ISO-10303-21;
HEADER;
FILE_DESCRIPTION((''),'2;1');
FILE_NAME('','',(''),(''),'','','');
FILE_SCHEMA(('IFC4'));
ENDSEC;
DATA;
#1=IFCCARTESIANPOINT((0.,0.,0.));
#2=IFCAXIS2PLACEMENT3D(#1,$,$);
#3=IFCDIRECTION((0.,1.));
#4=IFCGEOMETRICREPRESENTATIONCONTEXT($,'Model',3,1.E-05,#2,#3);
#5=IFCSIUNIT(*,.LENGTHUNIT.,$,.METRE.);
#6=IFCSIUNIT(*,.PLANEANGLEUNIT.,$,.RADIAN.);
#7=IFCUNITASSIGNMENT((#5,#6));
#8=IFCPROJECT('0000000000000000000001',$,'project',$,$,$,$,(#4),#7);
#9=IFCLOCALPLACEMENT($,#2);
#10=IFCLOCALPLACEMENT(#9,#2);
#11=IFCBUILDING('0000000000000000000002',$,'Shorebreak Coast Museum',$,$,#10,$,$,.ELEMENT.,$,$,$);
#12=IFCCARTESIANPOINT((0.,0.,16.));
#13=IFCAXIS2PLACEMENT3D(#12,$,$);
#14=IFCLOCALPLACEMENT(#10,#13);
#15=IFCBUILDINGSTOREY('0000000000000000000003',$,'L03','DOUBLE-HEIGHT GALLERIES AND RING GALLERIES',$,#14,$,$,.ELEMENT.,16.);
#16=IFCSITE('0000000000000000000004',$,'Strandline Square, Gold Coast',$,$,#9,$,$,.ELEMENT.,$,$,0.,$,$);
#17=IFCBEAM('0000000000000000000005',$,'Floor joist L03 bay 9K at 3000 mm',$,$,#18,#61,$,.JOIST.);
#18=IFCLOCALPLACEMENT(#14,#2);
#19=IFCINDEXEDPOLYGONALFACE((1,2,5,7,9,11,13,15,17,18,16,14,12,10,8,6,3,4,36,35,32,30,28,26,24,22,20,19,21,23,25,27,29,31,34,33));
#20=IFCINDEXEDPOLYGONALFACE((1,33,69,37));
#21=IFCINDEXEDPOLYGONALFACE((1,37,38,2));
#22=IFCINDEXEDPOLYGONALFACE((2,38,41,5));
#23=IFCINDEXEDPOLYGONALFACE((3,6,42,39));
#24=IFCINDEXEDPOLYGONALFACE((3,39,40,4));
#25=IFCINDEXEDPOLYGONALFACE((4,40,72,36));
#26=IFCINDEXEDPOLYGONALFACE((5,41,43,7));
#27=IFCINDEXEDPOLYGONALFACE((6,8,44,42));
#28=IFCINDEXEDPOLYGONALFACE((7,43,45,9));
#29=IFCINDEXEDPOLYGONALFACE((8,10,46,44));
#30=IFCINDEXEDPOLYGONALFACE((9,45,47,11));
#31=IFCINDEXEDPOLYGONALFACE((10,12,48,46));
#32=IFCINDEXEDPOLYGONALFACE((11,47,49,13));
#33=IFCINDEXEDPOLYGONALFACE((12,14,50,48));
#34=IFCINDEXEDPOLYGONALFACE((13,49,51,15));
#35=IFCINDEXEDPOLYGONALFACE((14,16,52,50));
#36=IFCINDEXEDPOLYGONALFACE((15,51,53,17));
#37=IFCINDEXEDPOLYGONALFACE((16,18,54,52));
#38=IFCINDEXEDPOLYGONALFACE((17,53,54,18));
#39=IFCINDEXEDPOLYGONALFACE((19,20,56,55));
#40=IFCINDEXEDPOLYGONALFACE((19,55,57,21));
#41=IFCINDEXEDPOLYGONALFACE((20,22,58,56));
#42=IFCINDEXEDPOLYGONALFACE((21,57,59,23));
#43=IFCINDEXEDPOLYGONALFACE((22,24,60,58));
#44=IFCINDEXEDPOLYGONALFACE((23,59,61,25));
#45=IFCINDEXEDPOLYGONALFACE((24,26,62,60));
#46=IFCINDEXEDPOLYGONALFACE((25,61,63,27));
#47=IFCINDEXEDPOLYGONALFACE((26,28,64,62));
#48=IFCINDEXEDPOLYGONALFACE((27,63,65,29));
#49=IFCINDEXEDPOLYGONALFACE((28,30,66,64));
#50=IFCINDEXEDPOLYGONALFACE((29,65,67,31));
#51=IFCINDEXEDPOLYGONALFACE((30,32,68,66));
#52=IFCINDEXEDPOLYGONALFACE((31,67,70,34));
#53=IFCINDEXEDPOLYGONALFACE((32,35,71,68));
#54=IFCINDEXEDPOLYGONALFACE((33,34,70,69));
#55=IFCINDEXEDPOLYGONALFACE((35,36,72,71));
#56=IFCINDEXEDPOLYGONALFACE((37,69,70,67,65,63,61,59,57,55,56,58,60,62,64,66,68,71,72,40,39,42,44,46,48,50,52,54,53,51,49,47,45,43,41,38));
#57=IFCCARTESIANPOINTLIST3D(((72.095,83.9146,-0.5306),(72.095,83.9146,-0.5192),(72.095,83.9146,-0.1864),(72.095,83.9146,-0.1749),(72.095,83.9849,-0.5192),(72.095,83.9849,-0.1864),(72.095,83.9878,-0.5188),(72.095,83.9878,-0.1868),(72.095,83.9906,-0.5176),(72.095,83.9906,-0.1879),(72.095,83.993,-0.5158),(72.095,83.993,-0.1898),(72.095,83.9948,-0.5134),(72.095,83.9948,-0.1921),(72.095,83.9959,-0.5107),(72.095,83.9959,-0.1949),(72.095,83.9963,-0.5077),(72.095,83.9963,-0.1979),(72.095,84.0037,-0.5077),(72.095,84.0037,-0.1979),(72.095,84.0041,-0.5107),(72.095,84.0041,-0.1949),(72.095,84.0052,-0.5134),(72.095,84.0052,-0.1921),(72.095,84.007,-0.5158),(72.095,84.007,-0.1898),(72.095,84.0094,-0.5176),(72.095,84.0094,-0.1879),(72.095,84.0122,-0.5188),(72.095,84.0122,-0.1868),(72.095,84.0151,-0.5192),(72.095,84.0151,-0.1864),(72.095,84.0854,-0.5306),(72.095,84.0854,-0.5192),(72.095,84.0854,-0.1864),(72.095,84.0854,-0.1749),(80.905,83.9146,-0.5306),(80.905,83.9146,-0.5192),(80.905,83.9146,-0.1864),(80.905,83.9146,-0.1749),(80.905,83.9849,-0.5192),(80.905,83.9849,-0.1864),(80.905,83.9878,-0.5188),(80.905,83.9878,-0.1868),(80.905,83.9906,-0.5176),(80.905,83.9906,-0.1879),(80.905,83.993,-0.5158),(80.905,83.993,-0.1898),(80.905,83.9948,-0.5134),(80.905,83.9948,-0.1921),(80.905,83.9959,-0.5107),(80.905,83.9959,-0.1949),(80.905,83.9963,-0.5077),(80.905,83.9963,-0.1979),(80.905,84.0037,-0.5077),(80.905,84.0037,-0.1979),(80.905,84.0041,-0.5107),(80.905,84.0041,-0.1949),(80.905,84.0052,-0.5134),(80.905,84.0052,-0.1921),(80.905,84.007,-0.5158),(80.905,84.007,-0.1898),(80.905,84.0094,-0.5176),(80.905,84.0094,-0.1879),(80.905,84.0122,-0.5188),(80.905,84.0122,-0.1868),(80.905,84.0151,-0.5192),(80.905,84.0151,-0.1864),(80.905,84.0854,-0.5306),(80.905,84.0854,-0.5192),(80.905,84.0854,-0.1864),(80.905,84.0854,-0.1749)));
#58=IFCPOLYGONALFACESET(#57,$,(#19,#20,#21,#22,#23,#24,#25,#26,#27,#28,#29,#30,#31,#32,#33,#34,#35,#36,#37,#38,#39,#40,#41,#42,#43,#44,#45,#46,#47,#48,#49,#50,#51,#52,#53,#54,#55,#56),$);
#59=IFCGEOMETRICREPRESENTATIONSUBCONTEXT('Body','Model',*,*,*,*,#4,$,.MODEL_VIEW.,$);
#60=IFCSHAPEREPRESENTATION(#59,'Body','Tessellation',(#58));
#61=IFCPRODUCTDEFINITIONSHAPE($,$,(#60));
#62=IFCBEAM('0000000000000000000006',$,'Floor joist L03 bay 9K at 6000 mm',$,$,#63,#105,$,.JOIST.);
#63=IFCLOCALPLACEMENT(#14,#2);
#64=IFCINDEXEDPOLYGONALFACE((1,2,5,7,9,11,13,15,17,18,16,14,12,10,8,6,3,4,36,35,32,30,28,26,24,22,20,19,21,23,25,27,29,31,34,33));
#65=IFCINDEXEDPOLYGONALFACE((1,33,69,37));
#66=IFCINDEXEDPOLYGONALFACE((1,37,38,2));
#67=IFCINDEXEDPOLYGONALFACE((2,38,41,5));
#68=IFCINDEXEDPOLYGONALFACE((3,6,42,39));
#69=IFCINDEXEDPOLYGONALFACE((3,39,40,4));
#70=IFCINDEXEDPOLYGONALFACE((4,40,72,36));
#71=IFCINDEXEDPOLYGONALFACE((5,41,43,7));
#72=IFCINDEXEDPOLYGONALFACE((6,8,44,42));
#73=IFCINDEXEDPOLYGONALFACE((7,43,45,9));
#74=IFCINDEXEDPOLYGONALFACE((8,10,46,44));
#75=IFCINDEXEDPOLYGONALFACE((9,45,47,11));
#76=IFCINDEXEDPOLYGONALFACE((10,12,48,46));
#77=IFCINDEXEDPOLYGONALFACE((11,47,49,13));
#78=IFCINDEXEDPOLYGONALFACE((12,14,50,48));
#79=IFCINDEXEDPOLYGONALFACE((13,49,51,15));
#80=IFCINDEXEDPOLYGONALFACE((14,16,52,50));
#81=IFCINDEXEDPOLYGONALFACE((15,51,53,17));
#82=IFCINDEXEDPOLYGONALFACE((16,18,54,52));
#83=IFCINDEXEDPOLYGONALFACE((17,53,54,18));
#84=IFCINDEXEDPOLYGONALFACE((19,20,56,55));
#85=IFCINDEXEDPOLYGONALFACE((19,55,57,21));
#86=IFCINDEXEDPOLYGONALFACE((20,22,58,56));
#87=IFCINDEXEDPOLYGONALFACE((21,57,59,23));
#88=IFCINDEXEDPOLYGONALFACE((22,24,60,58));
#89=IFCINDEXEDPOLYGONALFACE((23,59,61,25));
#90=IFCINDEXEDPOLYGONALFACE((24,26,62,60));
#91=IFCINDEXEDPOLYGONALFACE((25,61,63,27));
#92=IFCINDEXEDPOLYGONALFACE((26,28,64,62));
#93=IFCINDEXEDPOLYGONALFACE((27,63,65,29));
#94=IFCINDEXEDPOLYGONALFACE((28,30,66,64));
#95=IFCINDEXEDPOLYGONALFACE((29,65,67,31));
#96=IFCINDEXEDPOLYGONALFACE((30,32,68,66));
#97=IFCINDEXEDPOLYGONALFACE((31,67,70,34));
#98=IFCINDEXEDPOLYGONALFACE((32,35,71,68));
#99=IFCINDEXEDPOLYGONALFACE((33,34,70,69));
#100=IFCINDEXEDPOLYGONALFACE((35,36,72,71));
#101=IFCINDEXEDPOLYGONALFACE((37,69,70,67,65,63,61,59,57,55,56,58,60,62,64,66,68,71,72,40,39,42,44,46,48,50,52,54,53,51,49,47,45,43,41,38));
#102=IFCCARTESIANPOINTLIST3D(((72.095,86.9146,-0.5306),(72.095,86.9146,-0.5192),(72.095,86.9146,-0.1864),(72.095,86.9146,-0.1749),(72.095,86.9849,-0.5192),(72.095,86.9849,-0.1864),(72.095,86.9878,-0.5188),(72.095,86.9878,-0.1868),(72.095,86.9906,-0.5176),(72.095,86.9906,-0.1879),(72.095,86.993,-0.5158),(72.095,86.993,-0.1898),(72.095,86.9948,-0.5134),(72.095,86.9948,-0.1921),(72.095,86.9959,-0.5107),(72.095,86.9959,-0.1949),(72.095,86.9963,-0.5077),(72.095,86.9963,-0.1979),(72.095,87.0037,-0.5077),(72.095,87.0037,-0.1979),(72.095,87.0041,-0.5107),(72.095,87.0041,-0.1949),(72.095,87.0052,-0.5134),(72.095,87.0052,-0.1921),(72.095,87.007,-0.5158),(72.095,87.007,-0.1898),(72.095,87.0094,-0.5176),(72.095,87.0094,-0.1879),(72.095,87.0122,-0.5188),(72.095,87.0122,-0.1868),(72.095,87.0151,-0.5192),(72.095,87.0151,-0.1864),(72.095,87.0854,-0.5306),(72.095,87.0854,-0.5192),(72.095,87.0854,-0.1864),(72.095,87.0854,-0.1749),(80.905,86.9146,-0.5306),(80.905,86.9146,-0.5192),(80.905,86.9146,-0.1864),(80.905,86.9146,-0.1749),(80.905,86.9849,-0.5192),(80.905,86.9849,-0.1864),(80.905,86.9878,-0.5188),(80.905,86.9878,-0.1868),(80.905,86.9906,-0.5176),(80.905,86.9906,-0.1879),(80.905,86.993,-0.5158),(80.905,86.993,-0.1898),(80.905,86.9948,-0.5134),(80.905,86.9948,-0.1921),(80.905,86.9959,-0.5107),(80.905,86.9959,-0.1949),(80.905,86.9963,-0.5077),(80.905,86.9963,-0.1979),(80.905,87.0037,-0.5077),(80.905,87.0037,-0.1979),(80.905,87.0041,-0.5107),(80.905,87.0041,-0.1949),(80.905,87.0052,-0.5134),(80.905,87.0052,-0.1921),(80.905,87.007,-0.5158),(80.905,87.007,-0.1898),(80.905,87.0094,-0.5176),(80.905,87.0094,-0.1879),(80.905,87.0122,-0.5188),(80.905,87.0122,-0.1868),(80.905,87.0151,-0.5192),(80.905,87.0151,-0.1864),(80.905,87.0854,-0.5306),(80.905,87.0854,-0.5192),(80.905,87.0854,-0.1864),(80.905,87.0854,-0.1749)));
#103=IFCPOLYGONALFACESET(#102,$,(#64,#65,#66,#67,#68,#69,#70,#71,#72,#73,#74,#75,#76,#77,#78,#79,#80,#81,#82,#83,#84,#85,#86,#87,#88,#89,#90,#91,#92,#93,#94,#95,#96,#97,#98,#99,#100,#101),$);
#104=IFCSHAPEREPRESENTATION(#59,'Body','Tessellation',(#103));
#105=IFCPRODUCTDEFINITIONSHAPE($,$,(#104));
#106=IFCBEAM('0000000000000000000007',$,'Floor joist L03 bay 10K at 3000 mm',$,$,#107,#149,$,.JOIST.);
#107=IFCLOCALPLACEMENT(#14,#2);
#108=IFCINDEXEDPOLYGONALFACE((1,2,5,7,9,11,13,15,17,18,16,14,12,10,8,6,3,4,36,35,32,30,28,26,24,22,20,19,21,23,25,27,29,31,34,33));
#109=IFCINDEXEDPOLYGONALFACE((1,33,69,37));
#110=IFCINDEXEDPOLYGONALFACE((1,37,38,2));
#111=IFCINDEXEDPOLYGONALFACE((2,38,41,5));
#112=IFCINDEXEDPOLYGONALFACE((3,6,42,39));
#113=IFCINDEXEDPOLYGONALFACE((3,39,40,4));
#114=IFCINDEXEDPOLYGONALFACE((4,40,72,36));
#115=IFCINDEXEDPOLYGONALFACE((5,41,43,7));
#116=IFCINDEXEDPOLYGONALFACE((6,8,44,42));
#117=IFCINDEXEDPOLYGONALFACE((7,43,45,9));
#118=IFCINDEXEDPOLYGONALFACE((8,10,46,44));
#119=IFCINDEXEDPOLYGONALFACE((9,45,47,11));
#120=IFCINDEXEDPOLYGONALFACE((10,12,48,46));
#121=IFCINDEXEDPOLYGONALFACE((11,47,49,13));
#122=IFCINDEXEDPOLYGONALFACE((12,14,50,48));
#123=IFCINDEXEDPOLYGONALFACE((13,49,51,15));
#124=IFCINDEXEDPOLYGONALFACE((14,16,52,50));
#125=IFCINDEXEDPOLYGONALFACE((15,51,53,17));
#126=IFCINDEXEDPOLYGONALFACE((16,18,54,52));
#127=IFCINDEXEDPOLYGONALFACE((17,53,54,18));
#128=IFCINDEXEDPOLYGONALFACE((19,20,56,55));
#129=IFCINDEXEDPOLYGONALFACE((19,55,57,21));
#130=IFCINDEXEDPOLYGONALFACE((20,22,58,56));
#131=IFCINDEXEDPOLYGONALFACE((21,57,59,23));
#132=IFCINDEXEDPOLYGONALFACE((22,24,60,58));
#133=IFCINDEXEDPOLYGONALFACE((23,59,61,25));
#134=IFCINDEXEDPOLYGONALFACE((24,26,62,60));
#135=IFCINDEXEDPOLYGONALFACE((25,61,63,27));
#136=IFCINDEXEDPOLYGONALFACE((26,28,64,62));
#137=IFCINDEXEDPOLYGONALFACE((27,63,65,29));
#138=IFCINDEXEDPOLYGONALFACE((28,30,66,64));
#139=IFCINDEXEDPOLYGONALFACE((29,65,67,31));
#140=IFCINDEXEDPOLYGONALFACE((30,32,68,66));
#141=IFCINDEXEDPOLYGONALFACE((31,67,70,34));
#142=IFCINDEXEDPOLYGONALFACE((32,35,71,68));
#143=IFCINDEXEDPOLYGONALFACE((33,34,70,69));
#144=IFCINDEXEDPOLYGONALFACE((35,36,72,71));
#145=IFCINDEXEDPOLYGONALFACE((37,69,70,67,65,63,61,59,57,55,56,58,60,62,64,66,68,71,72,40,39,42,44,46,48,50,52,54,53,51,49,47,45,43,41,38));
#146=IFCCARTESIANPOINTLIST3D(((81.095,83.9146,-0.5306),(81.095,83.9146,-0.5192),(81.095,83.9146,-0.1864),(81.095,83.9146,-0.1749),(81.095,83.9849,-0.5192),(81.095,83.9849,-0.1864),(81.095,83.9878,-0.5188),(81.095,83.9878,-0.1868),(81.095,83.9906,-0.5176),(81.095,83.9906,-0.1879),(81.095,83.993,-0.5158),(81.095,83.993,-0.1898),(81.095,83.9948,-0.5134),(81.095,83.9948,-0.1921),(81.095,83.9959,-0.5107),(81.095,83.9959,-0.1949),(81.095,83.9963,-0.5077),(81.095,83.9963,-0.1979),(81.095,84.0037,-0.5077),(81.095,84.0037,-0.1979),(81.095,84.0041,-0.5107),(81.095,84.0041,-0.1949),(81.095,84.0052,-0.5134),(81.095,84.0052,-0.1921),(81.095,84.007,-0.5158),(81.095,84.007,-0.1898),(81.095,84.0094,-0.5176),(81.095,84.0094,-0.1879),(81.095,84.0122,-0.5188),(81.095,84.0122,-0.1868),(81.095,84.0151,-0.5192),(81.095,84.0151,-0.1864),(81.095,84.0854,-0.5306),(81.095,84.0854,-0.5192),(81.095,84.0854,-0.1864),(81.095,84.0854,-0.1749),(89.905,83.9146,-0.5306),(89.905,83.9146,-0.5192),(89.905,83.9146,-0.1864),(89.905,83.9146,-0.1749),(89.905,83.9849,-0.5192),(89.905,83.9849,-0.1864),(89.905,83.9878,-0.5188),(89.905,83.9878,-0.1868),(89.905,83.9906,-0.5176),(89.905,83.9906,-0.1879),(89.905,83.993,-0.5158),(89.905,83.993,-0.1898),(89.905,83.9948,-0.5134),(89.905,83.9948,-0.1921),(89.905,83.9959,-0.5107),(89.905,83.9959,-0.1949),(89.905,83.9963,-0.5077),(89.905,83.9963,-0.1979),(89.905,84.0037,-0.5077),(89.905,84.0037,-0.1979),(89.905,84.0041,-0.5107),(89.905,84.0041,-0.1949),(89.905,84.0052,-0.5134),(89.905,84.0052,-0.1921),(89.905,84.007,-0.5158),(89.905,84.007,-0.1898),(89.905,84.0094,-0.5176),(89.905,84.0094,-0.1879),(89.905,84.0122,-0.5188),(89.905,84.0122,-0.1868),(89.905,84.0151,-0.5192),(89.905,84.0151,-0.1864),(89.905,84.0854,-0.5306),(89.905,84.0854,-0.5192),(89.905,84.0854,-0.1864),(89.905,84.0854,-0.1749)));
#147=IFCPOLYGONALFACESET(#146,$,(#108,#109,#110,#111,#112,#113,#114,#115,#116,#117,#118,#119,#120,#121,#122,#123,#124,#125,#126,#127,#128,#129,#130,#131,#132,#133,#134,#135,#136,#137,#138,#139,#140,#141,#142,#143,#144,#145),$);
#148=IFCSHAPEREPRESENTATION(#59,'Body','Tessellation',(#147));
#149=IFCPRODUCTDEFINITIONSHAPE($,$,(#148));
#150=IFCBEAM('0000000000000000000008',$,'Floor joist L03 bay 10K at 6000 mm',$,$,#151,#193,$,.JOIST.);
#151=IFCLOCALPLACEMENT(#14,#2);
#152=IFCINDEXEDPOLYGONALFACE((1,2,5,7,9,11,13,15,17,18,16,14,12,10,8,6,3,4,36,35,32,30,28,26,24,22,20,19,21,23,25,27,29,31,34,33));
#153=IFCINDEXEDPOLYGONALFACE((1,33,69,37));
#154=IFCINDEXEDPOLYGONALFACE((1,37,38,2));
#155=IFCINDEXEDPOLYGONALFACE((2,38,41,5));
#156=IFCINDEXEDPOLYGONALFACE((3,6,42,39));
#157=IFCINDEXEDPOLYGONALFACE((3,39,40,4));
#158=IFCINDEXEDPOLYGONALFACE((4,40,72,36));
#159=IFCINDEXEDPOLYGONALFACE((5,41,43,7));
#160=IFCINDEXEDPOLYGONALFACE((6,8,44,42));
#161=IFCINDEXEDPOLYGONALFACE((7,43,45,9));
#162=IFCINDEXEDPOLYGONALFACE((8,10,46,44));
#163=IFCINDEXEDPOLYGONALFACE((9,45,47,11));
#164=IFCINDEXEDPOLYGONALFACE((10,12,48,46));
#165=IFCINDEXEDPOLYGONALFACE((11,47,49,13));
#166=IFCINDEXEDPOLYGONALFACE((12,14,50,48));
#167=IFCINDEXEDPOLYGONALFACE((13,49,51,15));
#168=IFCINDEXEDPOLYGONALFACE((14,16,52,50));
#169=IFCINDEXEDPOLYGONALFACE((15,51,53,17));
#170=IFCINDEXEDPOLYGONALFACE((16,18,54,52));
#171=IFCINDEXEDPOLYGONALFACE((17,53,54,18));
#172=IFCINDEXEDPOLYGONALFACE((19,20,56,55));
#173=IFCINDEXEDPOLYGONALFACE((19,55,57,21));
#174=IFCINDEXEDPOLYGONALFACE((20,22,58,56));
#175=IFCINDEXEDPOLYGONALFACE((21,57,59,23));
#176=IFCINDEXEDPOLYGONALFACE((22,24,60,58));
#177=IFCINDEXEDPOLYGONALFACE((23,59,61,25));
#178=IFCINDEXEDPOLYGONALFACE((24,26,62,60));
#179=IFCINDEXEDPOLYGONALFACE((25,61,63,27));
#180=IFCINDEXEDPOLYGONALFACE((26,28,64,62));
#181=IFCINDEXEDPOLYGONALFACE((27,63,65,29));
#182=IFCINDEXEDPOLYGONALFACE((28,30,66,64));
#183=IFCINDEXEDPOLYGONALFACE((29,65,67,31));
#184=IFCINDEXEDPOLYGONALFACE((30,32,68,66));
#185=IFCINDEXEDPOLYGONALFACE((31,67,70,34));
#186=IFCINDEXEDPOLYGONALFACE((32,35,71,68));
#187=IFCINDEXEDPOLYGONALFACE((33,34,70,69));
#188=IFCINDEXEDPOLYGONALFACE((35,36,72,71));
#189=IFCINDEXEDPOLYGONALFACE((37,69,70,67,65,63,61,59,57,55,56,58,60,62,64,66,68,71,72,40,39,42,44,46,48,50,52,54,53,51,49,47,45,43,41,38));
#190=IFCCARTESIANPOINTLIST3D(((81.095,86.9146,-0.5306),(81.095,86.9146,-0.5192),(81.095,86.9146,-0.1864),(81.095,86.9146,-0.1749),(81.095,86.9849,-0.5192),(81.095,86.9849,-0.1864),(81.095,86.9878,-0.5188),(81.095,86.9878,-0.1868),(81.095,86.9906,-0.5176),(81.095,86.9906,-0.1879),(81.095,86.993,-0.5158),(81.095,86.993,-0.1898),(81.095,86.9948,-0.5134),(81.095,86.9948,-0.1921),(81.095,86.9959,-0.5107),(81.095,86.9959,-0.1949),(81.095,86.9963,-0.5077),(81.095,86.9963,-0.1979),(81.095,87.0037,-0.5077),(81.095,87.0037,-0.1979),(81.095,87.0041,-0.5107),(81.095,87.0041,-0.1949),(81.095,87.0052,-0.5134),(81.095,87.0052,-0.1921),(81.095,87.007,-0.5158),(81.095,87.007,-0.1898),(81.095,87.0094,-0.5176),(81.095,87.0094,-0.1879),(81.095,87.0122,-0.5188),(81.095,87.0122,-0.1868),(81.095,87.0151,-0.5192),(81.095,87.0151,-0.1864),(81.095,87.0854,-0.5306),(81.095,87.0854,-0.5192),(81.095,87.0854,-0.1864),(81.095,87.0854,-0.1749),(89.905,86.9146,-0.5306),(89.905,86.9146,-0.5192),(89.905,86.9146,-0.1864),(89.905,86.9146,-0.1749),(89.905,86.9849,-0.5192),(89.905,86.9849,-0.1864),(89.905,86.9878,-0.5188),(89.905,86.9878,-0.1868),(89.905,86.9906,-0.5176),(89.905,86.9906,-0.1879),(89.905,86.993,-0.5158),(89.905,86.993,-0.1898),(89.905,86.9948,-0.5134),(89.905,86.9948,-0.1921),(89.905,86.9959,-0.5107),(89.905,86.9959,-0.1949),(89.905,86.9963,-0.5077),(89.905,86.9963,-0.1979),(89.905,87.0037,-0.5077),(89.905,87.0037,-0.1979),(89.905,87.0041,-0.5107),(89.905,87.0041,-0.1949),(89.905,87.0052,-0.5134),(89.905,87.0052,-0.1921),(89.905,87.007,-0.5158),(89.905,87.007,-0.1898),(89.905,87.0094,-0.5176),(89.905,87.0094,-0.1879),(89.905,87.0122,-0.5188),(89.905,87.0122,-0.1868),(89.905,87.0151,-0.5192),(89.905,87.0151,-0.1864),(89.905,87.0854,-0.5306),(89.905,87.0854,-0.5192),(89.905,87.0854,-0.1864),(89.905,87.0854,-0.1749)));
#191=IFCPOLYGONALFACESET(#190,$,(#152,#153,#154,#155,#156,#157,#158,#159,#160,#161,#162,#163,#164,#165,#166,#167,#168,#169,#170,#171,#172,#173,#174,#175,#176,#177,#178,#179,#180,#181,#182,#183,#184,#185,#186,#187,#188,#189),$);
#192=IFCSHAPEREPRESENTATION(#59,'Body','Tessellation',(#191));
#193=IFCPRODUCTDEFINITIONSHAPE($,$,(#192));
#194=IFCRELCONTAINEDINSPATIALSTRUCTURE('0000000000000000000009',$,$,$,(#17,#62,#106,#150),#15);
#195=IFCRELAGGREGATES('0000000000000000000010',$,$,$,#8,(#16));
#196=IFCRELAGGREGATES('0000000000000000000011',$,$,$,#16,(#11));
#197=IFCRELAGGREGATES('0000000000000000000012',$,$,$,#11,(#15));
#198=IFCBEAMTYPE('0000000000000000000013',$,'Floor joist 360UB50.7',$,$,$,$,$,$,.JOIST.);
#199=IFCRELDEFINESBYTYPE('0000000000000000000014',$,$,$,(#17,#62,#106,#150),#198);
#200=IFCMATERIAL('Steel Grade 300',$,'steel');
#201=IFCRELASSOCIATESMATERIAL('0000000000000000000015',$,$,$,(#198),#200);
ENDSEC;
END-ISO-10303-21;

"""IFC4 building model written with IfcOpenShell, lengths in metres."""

from ifc_helpers import new_model, si_unit, direction, frame, origin, origin_2d, place, context, subcontext, project, spatial, i_section, extrude, material, material_profile, profile_set, type_object, element, save


model = new_model("IFC4")

# Units and contexts
model_context = context("Model", 3, precision=1e-05, world=origin(), true_north=direction((0.0, 1.0)))
body_context = subcontext(model_context, "Body", "Model", "MODEL_VIEW")
ifc_project = project(units=[si_unit("LENGTHUNIT", "METRE"), si_unit("PLANEANGLEUNIT", "RADIAN")], contexts=[model_context])

# Site, building, storey
site_placement = place(None, origin())
site = spatial("IfcSite", under=ifc_project, at=site_placement, Name="Strandline Square, Gold Coast", CompositionType="ELEMENT", RefElevation=0.0)
building_placement = place(site_placement, origin())
building = spatial("IfcBuilding", under=site, at=building_placement, Name="Shorebreak Coast Museum", CompositionType="ELEMENT")
storey_placement = place(building_placement, frame((0.0, 0.0, 16.0)))
storey = spatial("IfcBuildingStorey", under=building, at=storey_placement, Name="L03", Description="DOUBLE-HEIGHT GALLERIES AND RING GALLERIES", CompositionType="ELEMENT", Elevation=16.0)

# Beams
ifc_material_1 = material(Name="Steel Grade 300", Category="steel")
ifc_material_profile_1 = material_profile(ifc_material_1, i_section(OverallWidth=0.1709, OverallDepth=0.3557, WebThickness=0.0073, FlangeThickness=0.0115, FilletRadius=0.0115, at=origin_2d()), Name="360UB50.7")
ifc_profile_set_1 = profile_set([ifc_material_profile_1], Name="Steel Grade 300")
beam_type_1 = type_object("IfcBeamType", Name="Floor joist 360UB50.7", PredefinedType="JOIST", material=ifc_profile_set_1)
for number, where, z_axis, x_axis, name in (
    (1, (72.095, 84.0, -0.3528), (1.0, 0.0, 0.0), (0.0, 1.0, 0.0), "Floor joist L03 bay 9K at 3000 mm"),
    (2, (72.095, 87.0, -0.3528), (1.0, 0.0, 0.0), (0.0, 1.0, 0.0), "Floor joist L03 bay 9K at 6000 mm"),
    (3, (81.095, 84.0, -0.3528), (1.0, 0.0, 0.0), (0.0, 1.0, 0.0), "Floor joist L03 bay 10K at 3000 mm"),
    (4, (81.095, 87.0, -0.3528), (1.0, 0.0, 0.0), (0.0, 1.0, 0.0), "Floor joist L03 bay 10K at 6000 mm"),
):
    element("IfcBeam", number, at=place(storey_placement, frame(where, z_axis=z_axis, x_axis=x_axis)), inside=storey, type_object=beam_type_1, Name=name, PredefinedType="JOIST", context=body_context, shape_type="SweptSolid", body=[
        extrude(i_section(OverallWidth=0.1709, OverallDepth=0.3557, WebThickness=0.0073, FlangeThickness=0.0115, FilletRadius=0.0115, at=origin_2d()), origin(), (0.0, 0.0, 1.0), 8.8101),
    ])

save(model, "model.ifc")
